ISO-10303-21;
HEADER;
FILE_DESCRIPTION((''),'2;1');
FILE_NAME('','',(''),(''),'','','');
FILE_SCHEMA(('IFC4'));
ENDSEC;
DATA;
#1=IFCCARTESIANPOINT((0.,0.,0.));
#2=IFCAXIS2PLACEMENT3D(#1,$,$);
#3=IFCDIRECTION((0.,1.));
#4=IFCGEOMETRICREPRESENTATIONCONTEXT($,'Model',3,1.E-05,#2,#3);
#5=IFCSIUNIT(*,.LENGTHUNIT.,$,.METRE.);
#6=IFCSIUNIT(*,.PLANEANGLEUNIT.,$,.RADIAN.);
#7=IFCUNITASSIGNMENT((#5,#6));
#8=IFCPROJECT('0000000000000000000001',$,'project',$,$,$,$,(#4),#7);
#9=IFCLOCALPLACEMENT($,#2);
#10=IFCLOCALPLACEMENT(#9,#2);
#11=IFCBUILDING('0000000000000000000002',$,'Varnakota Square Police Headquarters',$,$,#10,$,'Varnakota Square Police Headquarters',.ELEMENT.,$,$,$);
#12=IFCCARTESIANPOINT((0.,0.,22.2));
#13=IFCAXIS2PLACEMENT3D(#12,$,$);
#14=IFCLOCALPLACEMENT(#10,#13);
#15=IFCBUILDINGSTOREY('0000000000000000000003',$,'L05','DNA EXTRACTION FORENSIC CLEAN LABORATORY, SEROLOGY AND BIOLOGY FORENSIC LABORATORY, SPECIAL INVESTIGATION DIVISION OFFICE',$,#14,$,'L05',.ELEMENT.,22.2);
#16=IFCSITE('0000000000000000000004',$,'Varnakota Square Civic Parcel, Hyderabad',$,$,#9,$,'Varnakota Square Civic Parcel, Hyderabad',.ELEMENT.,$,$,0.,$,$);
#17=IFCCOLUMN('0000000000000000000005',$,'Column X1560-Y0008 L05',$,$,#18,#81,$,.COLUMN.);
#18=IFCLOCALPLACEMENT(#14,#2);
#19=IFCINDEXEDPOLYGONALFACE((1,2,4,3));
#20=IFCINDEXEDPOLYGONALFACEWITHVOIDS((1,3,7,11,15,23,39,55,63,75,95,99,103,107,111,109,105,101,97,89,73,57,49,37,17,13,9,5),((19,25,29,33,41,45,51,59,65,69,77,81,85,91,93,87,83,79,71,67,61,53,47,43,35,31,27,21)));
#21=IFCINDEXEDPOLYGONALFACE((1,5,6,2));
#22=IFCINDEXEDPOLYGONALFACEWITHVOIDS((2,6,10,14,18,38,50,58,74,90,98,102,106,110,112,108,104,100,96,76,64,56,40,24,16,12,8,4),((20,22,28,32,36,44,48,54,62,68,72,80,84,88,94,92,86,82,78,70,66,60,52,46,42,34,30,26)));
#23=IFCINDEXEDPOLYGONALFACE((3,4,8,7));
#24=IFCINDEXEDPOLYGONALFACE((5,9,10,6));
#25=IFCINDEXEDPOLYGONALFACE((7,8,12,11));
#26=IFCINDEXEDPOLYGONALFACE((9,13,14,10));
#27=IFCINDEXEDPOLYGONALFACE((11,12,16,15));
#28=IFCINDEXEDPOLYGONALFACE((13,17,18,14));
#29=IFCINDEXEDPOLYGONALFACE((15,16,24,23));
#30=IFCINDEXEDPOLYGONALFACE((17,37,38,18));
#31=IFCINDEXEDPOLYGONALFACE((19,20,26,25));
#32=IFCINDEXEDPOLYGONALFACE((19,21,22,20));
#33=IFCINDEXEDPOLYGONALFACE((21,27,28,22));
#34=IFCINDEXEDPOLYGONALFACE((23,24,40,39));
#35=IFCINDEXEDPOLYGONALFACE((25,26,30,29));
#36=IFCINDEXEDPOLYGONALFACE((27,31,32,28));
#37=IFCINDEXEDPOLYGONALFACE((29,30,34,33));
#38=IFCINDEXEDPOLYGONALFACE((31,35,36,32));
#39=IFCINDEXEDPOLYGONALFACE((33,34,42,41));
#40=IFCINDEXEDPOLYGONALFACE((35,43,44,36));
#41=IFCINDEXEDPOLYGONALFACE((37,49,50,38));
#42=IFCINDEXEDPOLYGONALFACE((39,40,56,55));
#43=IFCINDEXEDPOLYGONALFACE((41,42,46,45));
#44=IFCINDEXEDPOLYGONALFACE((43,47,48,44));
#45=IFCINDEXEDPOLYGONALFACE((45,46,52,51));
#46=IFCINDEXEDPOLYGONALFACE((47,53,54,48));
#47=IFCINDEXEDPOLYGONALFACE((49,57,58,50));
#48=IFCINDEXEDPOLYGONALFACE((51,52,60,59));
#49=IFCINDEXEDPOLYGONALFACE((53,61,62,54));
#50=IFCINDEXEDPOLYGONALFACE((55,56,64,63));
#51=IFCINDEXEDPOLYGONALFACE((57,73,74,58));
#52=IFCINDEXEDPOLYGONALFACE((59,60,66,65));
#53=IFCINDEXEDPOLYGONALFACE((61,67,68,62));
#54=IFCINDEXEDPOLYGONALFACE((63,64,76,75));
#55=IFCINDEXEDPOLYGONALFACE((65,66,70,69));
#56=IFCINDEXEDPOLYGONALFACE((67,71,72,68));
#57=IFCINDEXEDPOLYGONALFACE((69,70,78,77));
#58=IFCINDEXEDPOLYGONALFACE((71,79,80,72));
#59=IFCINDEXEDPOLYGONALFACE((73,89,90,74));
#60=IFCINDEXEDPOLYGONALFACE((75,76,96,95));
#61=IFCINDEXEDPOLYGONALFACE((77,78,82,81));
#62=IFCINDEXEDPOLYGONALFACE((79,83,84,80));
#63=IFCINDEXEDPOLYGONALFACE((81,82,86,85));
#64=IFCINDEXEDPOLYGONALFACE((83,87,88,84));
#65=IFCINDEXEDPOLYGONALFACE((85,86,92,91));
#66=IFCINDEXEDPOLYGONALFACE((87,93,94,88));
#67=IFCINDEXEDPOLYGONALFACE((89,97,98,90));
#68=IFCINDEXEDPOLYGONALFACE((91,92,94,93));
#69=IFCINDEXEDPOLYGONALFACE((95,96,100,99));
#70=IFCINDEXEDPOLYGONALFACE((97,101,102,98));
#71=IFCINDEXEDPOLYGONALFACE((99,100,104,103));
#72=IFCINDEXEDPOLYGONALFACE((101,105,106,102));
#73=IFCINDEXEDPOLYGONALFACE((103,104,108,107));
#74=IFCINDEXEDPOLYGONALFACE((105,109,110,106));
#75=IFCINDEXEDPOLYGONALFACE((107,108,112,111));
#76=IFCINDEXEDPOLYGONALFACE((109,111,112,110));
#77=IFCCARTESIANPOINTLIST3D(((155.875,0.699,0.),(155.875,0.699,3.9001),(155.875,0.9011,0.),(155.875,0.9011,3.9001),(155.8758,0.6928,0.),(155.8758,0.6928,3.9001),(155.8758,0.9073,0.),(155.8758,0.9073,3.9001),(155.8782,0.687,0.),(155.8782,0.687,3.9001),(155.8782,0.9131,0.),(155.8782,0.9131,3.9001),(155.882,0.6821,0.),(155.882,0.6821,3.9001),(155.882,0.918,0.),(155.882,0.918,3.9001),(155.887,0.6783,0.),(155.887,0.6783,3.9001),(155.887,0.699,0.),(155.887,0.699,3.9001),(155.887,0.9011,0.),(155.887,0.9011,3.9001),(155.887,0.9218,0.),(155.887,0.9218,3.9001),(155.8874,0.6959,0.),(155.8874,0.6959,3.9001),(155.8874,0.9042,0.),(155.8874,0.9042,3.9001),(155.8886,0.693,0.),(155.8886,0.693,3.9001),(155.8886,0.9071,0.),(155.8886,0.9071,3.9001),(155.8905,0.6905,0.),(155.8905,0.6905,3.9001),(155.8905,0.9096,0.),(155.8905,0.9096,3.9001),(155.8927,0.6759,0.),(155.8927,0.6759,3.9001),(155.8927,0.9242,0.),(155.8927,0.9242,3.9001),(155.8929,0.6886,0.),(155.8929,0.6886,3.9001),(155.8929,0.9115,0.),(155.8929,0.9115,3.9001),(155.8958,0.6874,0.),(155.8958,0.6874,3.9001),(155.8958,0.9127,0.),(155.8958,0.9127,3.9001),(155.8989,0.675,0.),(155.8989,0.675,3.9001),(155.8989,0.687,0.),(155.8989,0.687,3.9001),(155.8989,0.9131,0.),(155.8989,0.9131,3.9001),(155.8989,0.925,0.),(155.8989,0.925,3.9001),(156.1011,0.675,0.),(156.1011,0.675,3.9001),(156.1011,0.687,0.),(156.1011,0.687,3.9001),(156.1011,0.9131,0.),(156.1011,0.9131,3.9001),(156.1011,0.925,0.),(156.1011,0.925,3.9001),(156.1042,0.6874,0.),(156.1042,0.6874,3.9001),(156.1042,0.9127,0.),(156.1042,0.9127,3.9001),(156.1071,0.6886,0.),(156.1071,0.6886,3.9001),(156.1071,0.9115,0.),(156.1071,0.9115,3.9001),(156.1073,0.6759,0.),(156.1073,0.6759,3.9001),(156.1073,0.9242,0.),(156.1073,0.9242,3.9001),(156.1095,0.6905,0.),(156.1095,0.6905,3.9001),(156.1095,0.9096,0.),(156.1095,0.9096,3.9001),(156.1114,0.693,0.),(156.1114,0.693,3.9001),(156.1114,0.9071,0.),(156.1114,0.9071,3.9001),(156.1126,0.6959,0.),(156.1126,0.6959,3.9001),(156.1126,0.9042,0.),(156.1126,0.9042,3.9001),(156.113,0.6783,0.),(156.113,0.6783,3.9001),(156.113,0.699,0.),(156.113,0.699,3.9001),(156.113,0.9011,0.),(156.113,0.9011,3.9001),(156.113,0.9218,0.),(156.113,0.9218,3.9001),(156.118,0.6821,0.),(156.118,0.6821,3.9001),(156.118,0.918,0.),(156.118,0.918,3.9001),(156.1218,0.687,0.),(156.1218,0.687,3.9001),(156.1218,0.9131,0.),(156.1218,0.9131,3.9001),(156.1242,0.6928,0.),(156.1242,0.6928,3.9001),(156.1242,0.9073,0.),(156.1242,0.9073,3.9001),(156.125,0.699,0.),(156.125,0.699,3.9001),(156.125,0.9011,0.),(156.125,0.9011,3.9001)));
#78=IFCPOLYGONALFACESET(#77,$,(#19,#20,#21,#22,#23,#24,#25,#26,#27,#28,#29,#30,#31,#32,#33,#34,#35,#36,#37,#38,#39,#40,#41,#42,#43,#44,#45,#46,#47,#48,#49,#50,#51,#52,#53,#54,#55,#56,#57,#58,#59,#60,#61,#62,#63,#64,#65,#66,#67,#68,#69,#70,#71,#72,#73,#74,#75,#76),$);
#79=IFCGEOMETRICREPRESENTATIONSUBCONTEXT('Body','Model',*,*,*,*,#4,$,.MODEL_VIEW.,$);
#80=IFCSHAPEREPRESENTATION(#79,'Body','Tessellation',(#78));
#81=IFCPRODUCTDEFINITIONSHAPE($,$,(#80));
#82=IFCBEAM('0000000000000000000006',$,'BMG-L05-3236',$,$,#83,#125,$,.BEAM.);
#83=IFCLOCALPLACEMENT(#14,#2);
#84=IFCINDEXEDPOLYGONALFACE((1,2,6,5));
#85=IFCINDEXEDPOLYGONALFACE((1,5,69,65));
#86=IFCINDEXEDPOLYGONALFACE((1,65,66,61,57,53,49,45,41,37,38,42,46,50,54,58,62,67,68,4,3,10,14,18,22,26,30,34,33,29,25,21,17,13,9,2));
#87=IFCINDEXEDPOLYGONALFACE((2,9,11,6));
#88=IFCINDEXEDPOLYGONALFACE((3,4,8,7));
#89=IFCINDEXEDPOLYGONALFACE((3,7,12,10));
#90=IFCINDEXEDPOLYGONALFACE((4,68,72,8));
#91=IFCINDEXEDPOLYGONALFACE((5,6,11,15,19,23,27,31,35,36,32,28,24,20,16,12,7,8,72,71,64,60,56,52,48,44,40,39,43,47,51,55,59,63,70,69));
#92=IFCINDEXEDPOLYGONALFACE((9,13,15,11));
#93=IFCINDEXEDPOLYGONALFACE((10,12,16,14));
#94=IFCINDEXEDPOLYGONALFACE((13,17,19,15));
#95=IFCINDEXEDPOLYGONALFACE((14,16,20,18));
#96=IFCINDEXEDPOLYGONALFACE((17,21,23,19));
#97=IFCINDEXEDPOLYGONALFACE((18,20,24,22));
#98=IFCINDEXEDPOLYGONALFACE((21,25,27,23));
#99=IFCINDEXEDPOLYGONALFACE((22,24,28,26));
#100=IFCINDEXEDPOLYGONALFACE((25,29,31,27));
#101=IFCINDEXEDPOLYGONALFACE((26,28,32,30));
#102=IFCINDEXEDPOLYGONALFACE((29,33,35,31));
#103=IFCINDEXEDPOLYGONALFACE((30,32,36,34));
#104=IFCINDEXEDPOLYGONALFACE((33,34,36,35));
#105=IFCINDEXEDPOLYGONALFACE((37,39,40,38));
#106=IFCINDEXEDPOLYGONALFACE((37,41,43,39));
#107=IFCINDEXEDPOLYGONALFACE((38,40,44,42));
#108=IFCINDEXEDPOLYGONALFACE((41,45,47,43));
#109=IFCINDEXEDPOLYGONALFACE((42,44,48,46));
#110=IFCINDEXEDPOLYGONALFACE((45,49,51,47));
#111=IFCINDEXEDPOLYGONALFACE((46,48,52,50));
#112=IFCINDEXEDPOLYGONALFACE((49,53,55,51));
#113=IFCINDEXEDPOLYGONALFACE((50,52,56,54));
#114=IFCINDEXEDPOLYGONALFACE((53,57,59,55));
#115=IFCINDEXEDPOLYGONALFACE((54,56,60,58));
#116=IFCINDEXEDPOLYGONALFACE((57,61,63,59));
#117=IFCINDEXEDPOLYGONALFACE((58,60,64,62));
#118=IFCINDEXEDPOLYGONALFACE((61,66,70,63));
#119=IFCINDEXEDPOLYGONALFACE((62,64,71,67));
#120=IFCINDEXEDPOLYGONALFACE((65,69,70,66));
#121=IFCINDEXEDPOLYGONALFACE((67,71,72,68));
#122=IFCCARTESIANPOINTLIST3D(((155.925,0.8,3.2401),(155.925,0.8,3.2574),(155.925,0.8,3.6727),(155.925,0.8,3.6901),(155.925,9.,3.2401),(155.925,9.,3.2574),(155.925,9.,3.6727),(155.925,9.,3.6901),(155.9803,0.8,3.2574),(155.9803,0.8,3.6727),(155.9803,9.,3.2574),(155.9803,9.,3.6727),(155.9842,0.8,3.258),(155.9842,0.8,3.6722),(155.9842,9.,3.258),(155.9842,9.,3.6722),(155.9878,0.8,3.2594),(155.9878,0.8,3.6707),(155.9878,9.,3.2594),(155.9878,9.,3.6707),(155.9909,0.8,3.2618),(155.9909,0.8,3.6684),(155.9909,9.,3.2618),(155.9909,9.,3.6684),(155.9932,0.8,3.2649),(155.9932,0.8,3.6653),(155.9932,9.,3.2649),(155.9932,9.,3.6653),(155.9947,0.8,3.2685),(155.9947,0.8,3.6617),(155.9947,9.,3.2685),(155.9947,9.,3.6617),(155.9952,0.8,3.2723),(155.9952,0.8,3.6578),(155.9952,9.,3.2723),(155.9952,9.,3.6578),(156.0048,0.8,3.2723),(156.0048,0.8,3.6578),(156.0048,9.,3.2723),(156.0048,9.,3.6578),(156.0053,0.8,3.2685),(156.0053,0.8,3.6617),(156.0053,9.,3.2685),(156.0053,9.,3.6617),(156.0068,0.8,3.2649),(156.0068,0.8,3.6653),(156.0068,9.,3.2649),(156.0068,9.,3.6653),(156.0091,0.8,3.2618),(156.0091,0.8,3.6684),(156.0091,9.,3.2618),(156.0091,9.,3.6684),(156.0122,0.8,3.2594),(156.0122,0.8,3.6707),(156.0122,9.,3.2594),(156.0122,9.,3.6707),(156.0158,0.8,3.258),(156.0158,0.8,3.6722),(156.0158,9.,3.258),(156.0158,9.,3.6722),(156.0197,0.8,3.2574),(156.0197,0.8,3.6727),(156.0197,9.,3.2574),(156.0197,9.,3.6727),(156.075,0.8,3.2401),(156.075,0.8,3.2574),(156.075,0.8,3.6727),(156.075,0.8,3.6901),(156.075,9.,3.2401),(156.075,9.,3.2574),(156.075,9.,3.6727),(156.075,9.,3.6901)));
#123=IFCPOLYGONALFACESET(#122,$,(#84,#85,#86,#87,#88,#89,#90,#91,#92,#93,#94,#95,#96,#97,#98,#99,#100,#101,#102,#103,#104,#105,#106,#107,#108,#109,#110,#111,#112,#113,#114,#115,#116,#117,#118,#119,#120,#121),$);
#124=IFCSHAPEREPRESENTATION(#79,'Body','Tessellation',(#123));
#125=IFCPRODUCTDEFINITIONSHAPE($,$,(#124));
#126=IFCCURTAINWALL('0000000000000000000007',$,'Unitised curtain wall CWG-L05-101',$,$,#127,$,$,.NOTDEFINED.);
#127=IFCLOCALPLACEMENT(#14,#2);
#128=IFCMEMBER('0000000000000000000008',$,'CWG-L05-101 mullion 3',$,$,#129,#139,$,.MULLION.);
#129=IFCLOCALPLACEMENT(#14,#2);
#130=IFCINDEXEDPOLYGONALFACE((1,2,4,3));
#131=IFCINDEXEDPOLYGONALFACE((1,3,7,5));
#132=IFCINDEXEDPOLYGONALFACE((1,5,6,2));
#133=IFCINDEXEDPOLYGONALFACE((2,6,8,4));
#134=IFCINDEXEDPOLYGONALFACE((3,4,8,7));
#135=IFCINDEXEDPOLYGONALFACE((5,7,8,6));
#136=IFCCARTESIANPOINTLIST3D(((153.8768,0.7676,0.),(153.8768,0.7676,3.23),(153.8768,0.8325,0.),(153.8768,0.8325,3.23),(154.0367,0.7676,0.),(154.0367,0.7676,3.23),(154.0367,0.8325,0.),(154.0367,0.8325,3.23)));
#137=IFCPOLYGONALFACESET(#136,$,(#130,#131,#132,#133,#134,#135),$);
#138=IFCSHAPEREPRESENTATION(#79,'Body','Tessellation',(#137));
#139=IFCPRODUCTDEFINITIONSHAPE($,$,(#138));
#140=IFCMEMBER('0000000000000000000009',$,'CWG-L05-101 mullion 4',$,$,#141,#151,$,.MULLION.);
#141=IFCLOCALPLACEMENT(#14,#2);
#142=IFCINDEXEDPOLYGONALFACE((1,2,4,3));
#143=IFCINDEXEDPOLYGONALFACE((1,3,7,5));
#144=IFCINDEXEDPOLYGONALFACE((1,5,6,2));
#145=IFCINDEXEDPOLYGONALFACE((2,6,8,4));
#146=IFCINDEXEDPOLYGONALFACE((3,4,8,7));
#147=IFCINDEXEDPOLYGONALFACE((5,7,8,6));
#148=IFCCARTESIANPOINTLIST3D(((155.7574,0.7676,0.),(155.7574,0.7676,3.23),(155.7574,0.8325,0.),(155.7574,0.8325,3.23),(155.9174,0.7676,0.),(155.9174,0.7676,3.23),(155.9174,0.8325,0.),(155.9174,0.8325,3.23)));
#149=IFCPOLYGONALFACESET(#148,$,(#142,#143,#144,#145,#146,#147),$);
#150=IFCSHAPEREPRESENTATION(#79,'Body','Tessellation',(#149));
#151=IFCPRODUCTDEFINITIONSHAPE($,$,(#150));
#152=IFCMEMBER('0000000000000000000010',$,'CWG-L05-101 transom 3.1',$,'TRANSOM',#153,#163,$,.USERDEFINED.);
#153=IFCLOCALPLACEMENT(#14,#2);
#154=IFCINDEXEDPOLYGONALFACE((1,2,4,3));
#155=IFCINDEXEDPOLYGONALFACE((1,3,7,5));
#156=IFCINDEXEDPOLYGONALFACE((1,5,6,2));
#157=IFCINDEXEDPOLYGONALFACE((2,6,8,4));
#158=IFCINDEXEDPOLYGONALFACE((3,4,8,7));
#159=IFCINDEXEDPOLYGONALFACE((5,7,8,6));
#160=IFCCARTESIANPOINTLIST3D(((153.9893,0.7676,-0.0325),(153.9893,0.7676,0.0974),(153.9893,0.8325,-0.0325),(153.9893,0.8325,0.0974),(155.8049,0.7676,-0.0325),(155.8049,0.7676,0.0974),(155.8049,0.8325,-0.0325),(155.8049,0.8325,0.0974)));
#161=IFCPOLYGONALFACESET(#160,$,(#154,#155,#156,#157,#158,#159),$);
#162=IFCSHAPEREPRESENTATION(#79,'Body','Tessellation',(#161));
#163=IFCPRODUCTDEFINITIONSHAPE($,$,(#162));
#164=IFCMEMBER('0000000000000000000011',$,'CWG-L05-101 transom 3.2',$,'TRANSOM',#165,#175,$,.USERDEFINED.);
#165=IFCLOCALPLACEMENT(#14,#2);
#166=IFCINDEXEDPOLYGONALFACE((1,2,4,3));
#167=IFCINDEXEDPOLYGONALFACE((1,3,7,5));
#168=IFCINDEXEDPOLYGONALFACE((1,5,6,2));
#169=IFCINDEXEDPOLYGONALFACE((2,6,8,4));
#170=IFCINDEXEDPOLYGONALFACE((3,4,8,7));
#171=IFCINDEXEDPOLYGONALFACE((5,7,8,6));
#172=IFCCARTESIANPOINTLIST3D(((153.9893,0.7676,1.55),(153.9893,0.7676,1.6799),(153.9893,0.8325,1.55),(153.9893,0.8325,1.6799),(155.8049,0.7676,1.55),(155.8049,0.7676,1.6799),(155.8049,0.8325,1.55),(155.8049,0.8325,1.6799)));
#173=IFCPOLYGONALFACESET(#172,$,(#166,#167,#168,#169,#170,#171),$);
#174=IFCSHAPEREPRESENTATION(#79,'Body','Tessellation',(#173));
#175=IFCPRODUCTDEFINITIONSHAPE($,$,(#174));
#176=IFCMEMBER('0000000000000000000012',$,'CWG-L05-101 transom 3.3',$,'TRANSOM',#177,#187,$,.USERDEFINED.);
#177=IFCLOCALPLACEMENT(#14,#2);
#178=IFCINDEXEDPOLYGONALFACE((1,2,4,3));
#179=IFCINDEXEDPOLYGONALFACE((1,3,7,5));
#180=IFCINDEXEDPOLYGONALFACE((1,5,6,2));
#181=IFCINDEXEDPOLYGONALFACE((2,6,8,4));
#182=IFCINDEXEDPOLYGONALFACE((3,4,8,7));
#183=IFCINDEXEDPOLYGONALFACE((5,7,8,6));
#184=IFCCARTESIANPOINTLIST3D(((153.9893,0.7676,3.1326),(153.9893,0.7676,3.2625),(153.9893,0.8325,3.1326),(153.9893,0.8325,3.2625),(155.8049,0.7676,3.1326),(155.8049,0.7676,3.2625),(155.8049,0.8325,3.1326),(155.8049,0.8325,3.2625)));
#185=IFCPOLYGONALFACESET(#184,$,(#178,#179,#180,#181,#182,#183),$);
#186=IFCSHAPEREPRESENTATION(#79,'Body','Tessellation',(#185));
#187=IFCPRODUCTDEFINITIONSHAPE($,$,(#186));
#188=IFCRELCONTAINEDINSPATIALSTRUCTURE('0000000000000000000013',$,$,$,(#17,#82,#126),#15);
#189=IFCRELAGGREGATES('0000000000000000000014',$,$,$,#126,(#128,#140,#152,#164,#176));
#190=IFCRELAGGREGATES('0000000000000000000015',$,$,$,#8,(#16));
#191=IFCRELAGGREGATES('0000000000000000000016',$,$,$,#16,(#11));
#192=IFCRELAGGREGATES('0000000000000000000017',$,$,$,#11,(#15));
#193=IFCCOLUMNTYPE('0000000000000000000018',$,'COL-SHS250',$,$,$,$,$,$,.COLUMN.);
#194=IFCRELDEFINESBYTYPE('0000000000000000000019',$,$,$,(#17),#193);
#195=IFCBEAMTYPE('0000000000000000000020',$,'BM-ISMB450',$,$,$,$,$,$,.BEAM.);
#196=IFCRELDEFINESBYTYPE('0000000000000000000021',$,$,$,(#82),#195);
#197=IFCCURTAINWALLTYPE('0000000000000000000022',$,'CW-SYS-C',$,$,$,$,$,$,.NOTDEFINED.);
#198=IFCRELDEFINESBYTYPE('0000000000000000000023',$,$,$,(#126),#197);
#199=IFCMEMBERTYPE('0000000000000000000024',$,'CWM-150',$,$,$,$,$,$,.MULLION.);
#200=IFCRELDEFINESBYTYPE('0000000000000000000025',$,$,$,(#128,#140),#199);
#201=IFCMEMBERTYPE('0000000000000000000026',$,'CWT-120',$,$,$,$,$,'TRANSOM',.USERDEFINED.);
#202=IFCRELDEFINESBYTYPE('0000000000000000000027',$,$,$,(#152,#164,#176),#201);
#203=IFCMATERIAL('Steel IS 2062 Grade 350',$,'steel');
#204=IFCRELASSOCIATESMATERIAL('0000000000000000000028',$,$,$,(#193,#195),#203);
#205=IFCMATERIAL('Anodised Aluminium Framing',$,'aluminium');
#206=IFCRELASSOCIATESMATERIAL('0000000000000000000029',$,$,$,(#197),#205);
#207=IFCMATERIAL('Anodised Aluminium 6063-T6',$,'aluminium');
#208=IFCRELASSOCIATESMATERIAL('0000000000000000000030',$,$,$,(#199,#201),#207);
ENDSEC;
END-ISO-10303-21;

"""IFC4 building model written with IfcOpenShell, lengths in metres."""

from ifc_helpers import new_model, si_unit, direction, frame, origin, origin_2d, place, context, subcontext, project, spatial, rectangle, hollow_rectangle, i_section, extrude, material, material_profile, profile_set, type_object, element, aggregate, save


model = new_model("IFC4")

# Units and contexts
model_context = context("Model", 3, precision=1e-05, world=origin(), true_north=direction((0.0, 1.0)))
body_context = subcontext(model_context, "Body", "Model", "MODEL_VIEW")
ifc_project = project(units=[si_unit("LENGTHUNIT", "METRE"), si_unit("PLANEANGLEUNIT", "RADIAN")], contexts=[model_context])

# Site, building, storey
site_placement = place(None, origin())
site = spatial("IfcSite", under=ifc_project, at=site_placement, Name="Varnakota Square Civic Parcel, Hyderabad", LongName="Varnakota Square Civic Parcel, Hyderabad", CompositionType="ELEMENT", RefElevation=0.0)
building_placement = place(site_placement, origin())
building = spatial("IfcBuilding", under=site, at=building_placement, Name="Varnakota Square Police Headquarters", LongName="Varnakota Square Police Headquarters", CompositionType="ELEMENT")
storey_placement = place(building_placement, frame((0.0, 0.0, 22.2)))
storey = spatial("IfcBuildingStorey", under=building, at=storey_placement, Name="L05", Description="DNA EXTRACTION FORENSIC CLEAN LABORATORY, SEROLOGY AND BIOLOGY FORENSIC LABORATORY, SPECIAL INVESTIGATION DIVISION OFFICE", LongName="L05", CompositionType="ELEMENT", Elevation=22.2)

# Column
ifc_material_1 = material(Name="Steel IS 2062 Grade 350", Category="steel")
ifc_material_profile_1 = material_profile(ifc_material_1, hollow_rectangle(XDim=0.25, YDim=0.25, WallThickness=0.012, InnerFilletRadius=0.012, OuterFilletRadius=0.0239, at=origin_2d()), Name="SHS 250x250x12")
ifc_profile_set_1 = profile_set([ifc_material_profile_1], Name="Steel IS 2062 Grade 350")
column_type = type_object("IfcColumnType", Name="COL-SHS250", PredefinedType="COLUMN", material=ifc_profile_set_1)
column_placement = place(storey_placement, frame((156.0, 0.8, 0.0), z_axis=(0.0, 0.0, 1.0), x_axis=(1.0, 0.0, 0.0)))
element("IfcColumn", 1, at=column_placement, inside=storey, type_object=column_type, Name="Column X1560-Y0008 L05", PredefinedType="COLUMN", context=body_context, shape_type="SweptSolid", body=[
    extrude(hollow_rectangle(XDim=0.25, YDim=0.25, WallThickness=0.012, InnerFilletRadius=0.012, OuterFilletRadius=0.0239, at=origin_2d()), origin(), (0.0, 0.0, 1.0), 3.9001),
])

# Beam
ifc_material_profile_2 = material_profile(ifc_material_1, i_section(OverallWidth=0.1499, OverallDepth=0.45, WebThickness=0.0095, FlangeThickness=0.0173, FilletRadius=0.0149, at=origin_2d()), Name="ISMB 450")
ifc_profile_set_2 = profile_set([ifc_material_profile_2], Name="Steel IS 2062 Grade 350")
beam_type = type_object("IfcBeamType", Name="BM-ISMB450", PredefinedType="BEAM", material=ifc_profile_set_2)
beam_placement = place(storey_placement, frame((156.0, 0.8, 3.4651), z_axis=(0.0, 1.0, 0.0), x_axis=(-1.0, 0.0, 0.0)))
element("IfcBeam", 2, at=beam_placement, inside=storey, type_object=beam_type, Name="BMG-L05-3236", PredefinedType="BEAM", context=body_context, shape_type="SweptSolid", body=[
    extrude(i_section(OverallWidth=0.1499, OverallDepth=0.45, WebThickness=0.0095, FlangeThickness=0.0173, FilletRadius=0.0149, at=origin_2d()), origin(), (0.0, 0.0, 1.0), 8.2),
])

# Curtain wall, members
ifc_material_2 = material(Name="Anodised Aluminium Framing", Category="aluminium")
curtain_wall_type = type_object("IfcCurtainWallType", Name="CW-SYS-C", PredefinedType="NOTDEFINED", material=ifc_material_2)
curtain_wall_placement = place(storey_placement, origin())
curtain_wall = element("IfcCurtainWall", 3, at=curtain_wall_placement, inside=storey, type_object=curtain_wall_type, Name="Unitised curtain wall CWG-L05-101", PredefinedType="NOTDEFINED")
ifc_material_3 = material(Name="Anodised Aluminium 6063-T6", Category="aluminium")
ifc_material_profile_3 = material_profile(ifc_material_3, rectangle(XDim=0.0649, YDim=0.1599, at=origin_2d()), Name="ALU MULLION 65x160")
ifc_profile_set_3 = profile_set([ifc_material_profile_3], Name="Anodised Aluminium 6063-T6")
member_type_1 = type_object("IfcMemberType", Name="CWM-150", PredefinedType="MULLION", material=ifc_profile_set_3)
member_1_placement = place(storey_placement, frame((153.9568, 0.8, 0.0), z_axis=(0.0, 0.0, 1.0), x_axis=(0.0, 1.0, 0.0)))
member_1 = element("IfcMember", 4, at=member_1_placement, type_object=member_type_1, Name="CWG-L05-101 mullion 3", PredefinedType="MULLION", context=body_context, shape_type="SweptSolid", body=[
    extrude(rectangle(XDim=0.0649, YDim=0.1599, at=origin_2d()), origin(), (0.0, 0.0, 1.0), 3.23),
])
member_2_placement = place(storey_placement, frame((155.8374, 0.8, 0.0), z_axis=(0.0, 0.0, 1.0), x_axis=(0.0, 1.0, 0.0)))
member_2 = element("IfcMember", 5, at=member_2_placement, type_object=member_type_1, Name="CWG-L05-101 mullion 4", PredefinedType="MULLION", context=body_context, shape_type="SweptSolid", body=[
    extrude(rectangle(XDim=0.0649, YDim=0.1599, at=origin_2d()), origin(), (0.0, 0.0, 1.0), 3.23),
])
ifc_material_profile_4 = material_profile(ifc_material_3, rectangle(XDim=0.0649, YDim=0.1299, at=origin_2d()), Name="ALU TRANSOM 65x130")
ifc_profile_set_4 = profile_set([ifc_material_profile_4], Name="Anodised Aluminium 6063-T6")
member_type_2 = type_object("IfcMemberType", Name="CWT-120", ElementType="TRANSOM", PredefinedType="USERDEFINED", material=ifc_profile_set_4)
member_3_placement = place(storey_placement, frame((153.9893, 0.8, 0.0325), z_axis=(1.0, 0.0, 0.0), x_axis=(0.0, 1.0, 0.0)))
member_3 = element("IfcMember", 6, at=member_3_placement, type_object=member_type_2, Name="CWG-L05-101 transom 3.1", ObjectType="TRANSOM", PredefinedType="USERDEFINED", context=body_context, shape_type="SweptSolid", body=[
    extrude(rectangle(XDim=0.0649, YDim=0.1299, at=origin_2d()), origin(), (0.0, 0.0, 1.0), 1.8157),
])
member_4_placement = place(storey_placement, frame((153.9893, 0.8, 1.615), z_axis=(1.0, 0.0, 0.0), x_axis=(0.0, 1.0, 0.0)))
member_4 = element("IfcMember", 7, at=member_4_placement, type_object=member_type_2, Name="CWG-L05-101 transom 3.2", ObjectType="TRANSOM", PredefinedType="USERDEFINED", context=body_context, shape_type="SweptSolid", body=[
    extrude(rectangle(XDim=0.0649, YDim=0.1299, at=origin_2d()), origin(), (0.0, 0.0, 1.0), 1.8157),
])
member_5_placement = place(storey_placement, frame((153.9893, 0.8, 3.1975), z_axis=(1.0, 0.0, 0.0), x_axis=(0.0, 1.0, 0.0)))
member_5 = element("IfcMember", 8, at=member_5_placement, type_object=member_type_2, Name="CWG-L05-101 transom 3.3", ObjectType="TRANSOM", PredefinedType="USERDEFINED", context=body_context, shape_type="SweptSolid", body=[
    extrude(rectangle(XDim=0.0649, YDim=0.1299, at=origin_2d()), origin(), (0.0, 0.0, 1.0), 1.8157),
])
aggregate(curtain_wall, [member_1, member_2, member_3, member_4, member_5])

save(model, "model.ifc")
